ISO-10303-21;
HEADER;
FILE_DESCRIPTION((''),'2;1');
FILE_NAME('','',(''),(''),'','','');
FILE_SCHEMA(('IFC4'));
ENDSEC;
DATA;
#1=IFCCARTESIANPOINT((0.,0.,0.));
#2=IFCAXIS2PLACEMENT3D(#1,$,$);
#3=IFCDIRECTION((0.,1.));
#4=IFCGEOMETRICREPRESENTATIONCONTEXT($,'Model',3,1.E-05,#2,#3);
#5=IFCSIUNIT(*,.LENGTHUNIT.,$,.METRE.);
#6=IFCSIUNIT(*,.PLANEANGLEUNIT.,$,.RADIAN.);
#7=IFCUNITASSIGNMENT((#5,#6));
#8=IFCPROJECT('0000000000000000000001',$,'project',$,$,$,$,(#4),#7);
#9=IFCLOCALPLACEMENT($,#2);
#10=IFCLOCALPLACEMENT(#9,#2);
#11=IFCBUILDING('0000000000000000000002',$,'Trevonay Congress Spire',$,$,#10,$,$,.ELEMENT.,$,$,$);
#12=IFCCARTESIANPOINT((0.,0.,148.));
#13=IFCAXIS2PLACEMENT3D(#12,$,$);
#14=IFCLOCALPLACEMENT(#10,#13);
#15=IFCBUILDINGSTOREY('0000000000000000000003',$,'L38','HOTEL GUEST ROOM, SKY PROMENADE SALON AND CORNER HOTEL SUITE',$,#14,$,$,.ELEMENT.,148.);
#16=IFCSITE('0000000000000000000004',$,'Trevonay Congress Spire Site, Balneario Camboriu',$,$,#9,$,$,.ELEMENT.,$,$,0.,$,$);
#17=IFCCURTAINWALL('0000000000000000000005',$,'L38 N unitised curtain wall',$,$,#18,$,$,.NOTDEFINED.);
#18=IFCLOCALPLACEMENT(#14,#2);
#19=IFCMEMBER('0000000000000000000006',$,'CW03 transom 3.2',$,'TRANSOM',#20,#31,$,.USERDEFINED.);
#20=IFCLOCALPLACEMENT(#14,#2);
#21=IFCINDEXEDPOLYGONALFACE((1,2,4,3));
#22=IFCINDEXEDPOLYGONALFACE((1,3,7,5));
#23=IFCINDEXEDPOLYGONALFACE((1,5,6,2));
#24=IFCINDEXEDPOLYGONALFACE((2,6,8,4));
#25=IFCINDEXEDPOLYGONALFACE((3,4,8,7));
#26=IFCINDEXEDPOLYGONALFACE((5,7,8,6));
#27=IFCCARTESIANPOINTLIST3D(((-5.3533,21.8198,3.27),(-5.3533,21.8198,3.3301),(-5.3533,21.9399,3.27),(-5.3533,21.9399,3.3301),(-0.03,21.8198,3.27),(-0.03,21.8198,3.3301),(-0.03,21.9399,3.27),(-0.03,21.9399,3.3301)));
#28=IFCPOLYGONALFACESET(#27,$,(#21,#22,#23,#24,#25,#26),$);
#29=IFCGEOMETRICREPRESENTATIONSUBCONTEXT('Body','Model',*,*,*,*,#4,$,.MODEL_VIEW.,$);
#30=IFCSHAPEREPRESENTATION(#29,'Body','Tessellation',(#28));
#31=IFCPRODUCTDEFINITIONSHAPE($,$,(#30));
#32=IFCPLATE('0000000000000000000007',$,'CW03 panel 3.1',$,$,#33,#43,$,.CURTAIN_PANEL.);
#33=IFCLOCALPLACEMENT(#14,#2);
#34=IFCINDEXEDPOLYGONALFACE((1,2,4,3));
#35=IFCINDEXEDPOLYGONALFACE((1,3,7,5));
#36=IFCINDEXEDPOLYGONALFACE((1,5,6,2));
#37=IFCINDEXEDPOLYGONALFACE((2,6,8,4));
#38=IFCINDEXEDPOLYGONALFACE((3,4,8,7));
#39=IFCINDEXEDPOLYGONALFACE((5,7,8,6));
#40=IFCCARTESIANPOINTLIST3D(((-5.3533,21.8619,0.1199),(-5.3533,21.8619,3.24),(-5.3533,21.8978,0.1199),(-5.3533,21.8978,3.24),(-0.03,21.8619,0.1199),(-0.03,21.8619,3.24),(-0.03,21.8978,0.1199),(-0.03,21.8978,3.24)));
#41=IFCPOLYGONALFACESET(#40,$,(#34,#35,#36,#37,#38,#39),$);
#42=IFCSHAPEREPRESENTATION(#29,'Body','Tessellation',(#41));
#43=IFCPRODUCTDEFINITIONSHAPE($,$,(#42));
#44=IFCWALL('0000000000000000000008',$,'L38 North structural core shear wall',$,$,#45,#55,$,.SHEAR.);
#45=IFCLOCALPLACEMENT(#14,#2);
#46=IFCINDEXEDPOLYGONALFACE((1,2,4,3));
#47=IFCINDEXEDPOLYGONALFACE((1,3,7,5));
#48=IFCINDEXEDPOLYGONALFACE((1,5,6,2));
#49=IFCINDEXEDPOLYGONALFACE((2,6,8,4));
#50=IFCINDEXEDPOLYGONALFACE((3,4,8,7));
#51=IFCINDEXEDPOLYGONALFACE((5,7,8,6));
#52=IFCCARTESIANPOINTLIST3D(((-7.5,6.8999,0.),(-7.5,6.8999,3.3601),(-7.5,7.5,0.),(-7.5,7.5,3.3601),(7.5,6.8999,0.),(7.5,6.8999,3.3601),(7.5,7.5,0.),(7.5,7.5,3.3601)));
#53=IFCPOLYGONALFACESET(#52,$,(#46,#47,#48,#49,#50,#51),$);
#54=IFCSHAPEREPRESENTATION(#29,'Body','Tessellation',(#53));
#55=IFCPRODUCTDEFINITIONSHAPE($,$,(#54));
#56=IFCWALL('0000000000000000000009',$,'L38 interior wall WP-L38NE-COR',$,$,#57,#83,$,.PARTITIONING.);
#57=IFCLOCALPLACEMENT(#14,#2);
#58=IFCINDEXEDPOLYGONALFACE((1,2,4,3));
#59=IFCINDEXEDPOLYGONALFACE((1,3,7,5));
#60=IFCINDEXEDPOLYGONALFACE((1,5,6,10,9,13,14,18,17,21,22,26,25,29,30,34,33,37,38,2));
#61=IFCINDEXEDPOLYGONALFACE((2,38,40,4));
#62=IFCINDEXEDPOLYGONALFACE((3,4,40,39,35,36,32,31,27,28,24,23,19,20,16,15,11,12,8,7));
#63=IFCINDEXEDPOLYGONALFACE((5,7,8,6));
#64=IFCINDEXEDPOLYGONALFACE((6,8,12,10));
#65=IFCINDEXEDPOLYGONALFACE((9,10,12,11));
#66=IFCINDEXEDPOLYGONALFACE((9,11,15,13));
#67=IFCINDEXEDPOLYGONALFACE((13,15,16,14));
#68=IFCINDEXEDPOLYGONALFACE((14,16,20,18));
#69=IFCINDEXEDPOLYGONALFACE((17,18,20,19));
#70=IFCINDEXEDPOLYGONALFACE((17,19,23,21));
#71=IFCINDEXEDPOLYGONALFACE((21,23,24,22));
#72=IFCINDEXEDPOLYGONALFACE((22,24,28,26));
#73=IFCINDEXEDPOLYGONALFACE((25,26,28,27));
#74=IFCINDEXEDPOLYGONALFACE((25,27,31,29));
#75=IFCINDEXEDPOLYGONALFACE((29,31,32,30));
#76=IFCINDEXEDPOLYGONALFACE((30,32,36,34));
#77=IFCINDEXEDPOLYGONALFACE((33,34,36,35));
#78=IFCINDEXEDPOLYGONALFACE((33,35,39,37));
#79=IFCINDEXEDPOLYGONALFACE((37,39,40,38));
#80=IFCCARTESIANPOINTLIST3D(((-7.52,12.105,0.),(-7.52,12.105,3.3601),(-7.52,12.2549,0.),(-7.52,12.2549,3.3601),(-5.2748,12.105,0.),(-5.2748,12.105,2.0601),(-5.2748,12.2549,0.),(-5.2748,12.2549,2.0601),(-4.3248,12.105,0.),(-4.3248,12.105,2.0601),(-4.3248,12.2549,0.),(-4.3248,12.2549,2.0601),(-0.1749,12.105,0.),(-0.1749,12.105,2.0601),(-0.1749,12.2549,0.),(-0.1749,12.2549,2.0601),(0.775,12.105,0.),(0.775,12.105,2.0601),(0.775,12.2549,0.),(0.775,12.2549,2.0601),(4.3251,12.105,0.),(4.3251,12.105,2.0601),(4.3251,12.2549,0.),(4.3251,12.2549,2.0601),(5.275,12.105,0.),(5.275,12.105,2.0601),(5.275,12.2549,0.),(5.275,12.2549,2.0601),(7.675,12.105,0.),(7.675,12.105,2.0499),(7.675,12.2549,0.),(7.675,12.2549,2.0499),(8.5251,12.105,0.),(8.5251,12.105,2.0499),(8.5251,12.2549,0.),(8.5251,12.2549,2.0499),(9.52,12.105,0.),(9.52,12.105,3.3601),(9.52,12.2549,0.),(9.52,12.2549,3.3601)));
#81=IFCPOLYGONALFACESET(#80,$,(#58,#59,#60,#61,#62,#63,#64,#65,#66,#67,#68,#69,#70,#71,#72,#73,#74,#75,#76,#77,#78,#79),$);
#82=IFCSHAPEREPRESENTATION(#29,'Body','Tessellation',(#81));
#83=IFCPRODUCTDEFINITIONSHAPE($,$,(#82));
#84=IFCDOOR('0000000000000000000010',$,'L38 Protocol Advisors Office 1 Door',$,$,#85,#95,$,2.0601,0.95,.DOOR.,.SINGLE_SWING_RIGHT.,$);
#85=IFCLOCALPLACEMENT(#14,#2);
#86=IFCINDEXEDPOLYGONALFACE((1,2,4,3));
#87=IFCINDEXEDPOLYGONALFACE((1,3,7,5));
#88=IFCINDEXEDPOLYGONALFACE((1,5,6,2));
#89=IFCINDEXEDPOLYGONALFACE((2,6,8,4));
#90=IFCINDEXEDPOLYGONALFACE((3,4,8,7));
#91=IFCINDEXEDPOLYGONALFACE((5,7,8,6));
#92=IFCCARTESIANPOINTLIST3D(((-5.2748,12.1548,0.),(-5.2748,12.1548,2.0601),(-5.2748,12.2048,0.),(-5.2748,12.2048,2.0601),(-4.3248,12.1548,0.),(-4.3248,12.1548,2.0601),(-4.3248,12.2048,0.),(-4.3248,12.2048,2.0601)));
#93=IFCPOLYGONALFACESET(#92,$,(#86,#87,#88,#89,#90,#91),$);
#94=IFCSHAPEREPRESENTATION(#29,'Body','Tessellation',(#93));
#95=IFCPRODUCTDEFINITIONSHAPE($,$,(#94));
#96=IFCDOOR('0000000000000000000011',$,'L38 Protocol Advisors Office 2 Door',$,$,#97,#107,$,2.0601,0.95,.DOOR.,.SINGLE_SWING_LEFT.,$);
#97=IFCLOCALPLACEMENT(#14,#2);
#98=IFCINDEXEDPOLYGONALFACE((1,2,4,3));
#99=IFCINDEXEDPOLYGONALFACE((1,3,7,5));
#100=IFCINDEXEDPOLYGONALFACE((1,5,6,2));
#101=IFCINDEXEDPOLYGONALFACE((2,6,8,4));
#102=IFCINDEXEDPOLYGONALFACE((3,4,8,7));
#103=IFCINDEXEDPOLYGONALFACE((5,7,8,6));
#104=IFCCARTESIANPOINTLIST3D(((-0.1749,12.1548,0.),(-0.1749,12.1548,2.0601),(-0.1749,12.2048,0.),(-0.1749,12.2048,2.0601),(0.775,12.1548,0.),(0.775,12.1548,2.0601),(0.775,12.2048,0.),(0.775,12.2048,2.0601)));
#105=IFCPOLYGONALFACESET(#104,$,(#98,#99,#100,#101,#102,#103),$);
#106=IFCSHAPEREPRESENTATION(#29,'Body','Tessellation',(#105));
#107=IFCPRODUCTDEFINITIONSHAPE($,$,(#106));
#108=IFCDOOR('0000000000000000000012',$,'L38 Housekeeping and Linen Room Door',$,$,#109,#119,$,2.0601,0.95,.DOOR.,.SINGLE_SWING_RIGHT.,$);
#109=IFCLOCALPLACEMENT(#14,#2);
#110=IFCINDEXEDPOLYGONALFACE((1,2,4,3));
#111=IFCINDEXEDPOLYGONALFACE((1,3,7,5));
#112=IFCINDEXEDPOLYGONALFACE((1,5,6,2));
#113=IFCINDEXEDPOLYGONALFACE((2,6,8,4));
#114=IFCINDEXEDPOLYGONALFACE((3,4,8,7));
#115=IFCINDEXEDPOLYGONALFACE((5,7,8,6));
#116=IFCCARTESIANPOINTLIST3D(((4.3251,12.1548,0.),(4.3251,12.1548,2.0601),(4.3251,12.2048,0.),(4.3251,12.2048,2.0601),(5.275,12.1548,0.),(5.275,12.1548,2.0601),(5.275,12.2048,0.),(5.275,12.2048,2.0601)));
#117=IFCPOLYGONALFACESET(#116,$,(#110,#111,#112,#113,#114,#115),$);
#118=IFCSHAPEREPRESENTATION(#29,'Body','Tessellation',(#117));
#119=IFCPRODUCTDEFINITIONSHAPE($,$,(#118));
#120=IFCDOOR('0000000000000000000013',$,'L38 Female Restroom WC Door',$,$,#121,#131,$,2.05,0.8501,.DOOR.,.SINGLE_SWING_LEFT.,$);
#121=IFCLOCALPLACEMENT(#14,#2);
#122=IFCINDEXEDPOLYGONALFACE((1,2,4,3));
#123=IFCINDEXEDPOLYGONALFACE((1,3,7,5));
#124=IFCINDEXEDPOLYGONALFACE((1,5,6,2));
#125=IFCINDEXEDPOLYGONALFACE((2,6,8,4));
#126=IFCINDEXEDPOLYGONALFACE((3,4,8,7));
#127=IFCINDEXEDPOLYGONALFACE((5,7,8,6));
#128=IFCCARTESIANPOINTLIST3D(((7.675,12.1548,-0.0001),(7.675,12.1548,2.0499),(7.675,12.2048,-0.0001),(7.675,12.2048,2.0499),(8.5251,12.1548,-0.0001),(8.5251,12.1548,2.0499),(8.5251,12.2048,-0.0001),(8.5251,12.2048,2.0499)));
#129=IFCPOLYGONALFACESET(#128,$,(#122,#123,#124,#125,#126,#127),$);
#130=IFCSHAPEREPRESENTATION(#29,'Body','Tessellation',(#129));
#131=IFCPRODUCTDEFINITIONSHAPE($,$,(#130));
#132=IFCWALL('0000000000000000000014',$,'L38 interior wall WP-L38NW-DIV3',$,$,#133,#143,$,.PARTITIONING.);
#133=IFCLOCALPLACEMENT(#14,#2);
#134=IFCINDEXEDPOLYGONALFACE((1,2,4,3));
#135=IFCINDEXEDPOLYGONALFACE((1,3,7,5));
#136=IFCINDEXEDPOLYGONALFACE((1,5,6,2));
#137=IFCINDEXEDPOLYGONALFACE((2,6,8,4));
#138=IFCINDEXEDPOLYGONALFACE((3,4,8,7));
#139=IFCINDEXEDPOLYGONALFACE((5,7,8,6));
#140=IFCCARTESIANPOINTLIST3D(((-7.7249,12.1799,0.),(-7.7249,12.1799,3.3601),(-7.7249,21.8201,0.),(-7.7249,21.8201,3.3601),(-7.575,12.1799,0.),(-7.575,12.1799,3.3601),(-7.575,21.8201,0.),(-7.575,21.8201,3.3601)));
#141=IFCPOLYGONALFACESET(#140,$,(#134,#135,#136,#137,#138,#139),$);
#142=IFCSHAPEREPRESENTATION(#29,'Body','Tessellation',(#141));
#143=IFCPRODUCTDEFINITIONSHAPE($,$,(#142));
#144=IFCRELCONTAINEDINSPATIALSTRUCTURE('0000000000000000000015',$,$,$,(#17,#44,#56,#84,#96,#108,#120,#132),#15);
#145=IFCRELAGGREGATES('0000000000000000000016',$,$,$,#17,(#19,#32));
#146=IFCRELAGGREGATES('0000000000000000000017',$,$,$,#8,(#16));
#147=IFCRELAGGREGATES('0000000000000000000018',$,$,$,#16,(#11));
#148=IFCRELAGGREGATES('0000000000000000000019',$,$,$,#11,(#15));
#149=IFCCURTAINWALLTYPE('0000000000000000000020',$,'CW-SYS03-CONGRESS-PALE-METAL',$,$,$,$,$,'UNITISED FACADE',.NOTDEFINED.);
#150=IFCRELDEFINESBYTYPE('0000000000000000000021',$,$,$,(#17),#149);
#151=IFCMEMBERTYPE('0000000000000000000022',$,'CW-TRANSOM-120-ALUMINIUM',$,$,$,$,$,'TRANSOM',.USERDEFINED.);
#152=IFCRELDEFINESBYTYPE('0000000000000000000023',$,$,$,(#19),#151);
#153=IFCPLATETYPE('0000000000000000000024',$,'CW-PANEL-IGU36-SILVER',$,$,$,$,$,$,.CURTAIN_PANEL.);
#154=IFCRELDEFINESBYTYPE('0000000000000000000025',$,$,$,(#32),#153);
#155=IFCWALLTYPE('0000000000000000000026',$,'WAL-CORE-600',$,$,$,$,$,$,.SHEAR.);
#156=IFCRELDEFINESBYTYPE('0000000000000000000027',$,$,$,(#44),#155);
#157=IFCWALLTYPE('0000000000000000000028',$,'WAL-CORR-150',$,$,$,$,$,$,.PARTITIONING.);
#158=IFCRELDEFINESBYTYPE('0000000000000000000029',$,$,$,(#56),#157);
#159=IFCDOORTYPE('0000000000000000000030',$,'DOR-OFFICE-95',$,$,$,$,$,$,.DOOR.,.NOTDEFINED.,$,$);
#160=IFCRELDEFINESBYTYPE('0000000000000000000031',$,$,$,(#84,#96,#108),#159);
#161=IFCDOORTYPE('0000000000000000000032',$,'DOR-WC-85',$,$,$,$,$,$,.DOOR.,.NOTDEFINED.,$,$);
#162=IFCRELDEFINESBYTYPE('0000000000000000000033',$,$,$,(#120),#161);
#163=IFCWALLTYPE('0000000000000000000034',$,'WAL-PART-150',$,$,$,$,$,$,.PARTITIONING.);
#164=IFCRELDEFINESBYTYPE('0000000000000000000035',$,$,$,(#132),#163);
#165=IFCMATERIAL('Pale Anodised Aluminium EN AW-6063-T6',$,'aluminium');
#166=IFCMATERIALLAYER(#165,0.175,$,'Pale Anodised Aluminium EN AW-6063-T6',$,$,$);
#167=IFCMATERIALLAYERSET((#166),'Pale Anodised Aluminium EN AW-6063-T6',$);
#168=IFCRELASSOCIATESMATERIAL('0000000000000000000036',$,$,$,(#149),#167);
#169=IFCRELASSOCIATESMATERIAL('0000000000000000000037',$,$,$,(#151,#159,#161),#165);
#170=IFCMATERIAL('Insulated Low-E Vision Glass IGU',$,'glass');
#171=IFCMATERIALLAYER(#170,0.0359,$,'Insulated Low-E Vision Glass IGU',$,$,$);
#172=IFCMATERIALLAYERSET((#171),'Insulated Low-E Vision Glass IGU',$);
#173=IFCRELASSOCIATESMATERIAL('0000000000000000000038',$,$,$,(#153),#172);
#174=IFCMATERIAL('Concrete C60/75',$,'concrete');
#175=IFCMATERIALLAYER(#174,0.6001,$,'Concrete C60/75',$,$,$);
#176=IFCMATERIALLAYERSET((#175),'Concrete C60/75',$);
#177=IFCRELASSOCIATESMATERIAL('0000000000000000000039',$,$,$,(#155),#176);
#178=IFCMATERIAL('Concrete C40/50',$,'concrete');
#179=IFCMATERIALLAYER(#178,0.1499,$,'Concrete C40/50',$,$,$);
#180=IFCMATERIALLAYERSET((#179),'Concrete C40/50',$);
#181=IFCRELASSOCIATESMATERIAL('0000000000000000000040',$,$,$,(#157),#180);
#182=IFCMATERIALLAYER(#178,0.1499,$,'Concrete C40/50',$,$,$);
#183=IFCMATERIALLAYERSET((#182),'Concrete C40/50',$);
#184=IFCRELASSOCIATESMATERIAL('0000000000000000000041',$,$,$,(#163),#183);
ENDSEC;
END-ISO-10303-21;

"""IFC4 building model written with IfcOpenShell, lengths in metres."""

from ifc_helpers import new_model, si_unit, direction, frame, frame_2d, origin, origin_2d, place, context, subcontext, project, spatial, rectangle, extrude, material, layer, layer_set, material_profile, profile_set, type_object, element, fill, aggregate, save


model = new_model("IFC4")

# Units and contexts
model_context = context("Model", 3, precision=1e-05, world=origin(), true_north=direction((0.0, 1.0)))
body_context = subcontext(model_context, "Body", "Model", "MODEL_VIEW")
ifc_project = project(units=[si_unit("LENGTHUNIT", "METRE"), si_unit("PLANEANGLEUNIT", "RADIAN")], contexts=[model_context])

# Site, building, storey
site_placement = place(None, origin())
site = spatial("IfcSite", under=ifc_project, at=site_placement, Name="Trevonay Congress Spire Site, Balneario Camboriu", CompositionType="ELEMENT", RefElevation=0.0)
building_placement = place(site_placement, origin())
building = spatial("IfcBuilding", under=site, at=building_placement, Name="Trevonay Congress Spire", CompositionType="ELEMENT")
storey_placement = place(building_placement, frame((0.0, 0.0, 148.0)))
storey = spatial("IfcBuildingStorey", under=building, at=storey_placement, Name="L38", Description="HOTEL GUEST ROOM, SKY PROMENADE SALON AND CORNER HOTEL SUITE", CompositionType="ELEMENT", Elevation=148.0)

# Curtain wall, member, plate
ifc_material_1 = material(Name="Pale Anodised Aluminium EN AW-6063-T6", Category="aluminium")
ifc_layer_1 = layer(ifc_material_1, 0.175, Name="Pale Anodised Aluminium EN AW-6063-T6")
ifc_layer_set_1 = layer_set([ifc_layer_1], Name="Pale Anodised Aluminium EN AW-6063-T6")
curtain_wall_type = type_object("IfcCurtainWallType", Name="CW-SYS03-CONGRESS-PALE-METAL", ElementType="UNITISED FACADE", PredefinedType="NOTDEFINED", material=ifc_layer_set_1)
curtain_wall_placement = place(storey_placement, origin())
curtain_wall = element("IfcCurtainWall", 1, at=curtain_wall_placement, inside=storey, type_object=curtain_wall_type, Name="L38 N unitised curtain wall", PredefinedType="NOTDEFINED")
ifc_material_profile_1 = material_profile(ifc_material_1, rectangle(XDim=0.1201, YDim=0.0601, at=origin_2d()), Name="CW-TRANSOM-120-ALUMINIUM")
ifc_profile_set_1 = profile_set([ifc_material_profile_1], Name="Pale Anodised Aluminium EN AW-6063-T6")
member_type_1 = type_object("IfcMemberType", Name="CW-TRANSOM-120-ALUMINIUM", ElementType="TRANSOM", PredefinedType="USERDEFINED", material=ifc_profile_set_1)
member_1_placement = place(storey_placement, frame((-5.3533, 21.8799, 3.3), z_axis=(1.0, 0.0, 0.0), x_axis=(0.0, 1.0, 0.0)))
member_1 = element("IfcMember", 2, at=member_1_placement, type_object=member_type_1, Name="CW03 transom 3.2", ObjectType="TRANSOM", PredefinedType="USERDEFINED", context=body_context, shape_type="SweptSolid", body=[
    extrude(rectangle(XDim=0.1201, YDim=0.0601, at=origin_2d()), origin(), (0.0, 0.0, 1.0), 5.3232),
])
ifc_material_2 = material(Name="Insulated Low-E Vision Glass IGU", Category="glass")
ifc_layer_2 = layer(ifc_material_2, 0.0359, Name="Insulated Low-E Vision Glass IGU")
ifc_layer_set_2 = layer_set([ifc_layer_2], Name="Insulated Low-E Vision Glass IGU")
plate_type = type_object("IfcPlateType", Name="CW-PANEL-IGU36-SILVER", PredefinedType="CURTAIN_PANEL", material=ifc_layer_set_2)
plate_placement = place(storey_placement, frame((-2.6917, 21.8799, 0.1199), z_axis=(0.0, 0.0, 1.0), x_axis=(1.0, 0.0, 0.0)))
plate = element("IfcPlate", 3, at=plate_placement, type_object=plate_type, Name="CW03 panel 3.1", PredefinedType="CURTAIN_PANEL", context=body_context, shape_type="SweptSolid", body=[
    extrude(rectangle(XDim=5.3232, YDim=0.0359, at=origin_2d()), origin(), (0.0, 0.0, 1.0), 3.1201),
])
aggregate(curtain_wall, [member_1, plate])

# Wall
ifc_material_3 = material(Name="Concrete C60/75", Category="concrete")
ifc_layer_3 = layer(ifc_material_3, 0.6001, Name="Concrete C60/75")
ifc_layer_set_3 = layer_set([ifc_layer_3], Name="Concrete C60/75")
wall_type_1 = type_object("IfcWallType", Name="WAL-CORE-600", PredefinedType="SHEAR", material=ifc_layer_set_3)
wall_1_placement = place(storey_placement, frame((-7.5, 7.2, 0.0), z_axis=(0.0, 0.0, 1.0), x_axis=(1.0, 0.0, 0.0)))
element("IfcWall", 4, at=wall_1_placement, inside=storey, type_object=wall_type_1, Name="L38 North structural core shear wall", PredefinedType="SHEAR", context=body_context, shape_type="SweptSolid", body=[
    extrude(rectangle(XDim=15.0, YDim=0.6001, at=frame_2d((7.5, 0.0))), origin(), (0.0, 0.0, 1.0), 3.3601),
])

# Wall, openings, doors
ifc_material_4 = material(Name="Concrete C40/50", Category="concrete")
ifc_layer_4 = layer(ifc_material_4, 0.1499, Name="Concrete C40/50")
ifc_layer_set_4 = layer_set([ifc_layer_4], Name="Concrete C40/50")
wall_type_2 = type_object("IfcWallType", Name="WAL-CORR-150", PredefinedType="PARTITIONING", material=ifc_layer_set_4)
wall_2_placement = place(storey_placement, frame((-7.52, 12.1799, 0.0), z_axis=(0.0, 0.0, 1.0), x_axis=(1.0, 0.0, 0.0)))
wall_2 = element("IfcWall", 5, at=wall_2_placement, inside=storey, type_object=wall_type_2, Name="L38 interior wall WP-L38NE-COR", PredefinedType="PARTITIONING", context=body_context, shape_type="SweptSolid", body=[
    extrude(rectangle(XDim=17.04, YDim=0.1499, at=frame_2d((8.52, 0.0))), origin(), (0.0, 0.0, 1.0), 3.3601),
])
opening_1_placement = place(wall_2_placement, frame((2.2451, 0.0, 0.0)))
opening_1 = element("IfcOpeningElement", 6, at=opening_1_placement, cuts=wall_2, PredefinedType="OPENING", context=body_context, shape_type="SweptSolid", body=[
    extrude(rectangle(XDim=0.95, YDim=2.0601, at=frame_2d((0.4751, 1.03))), frame((0.0, 0.085, 0.0), z_axis=(0.0, -1.0, 0.0), x_axis=(1.0, 0.0, 0.0)), (0.0, 0.0, 1.0), 0.1699),
])
opening_2_placement = place(wall_2_placement, frame((7.345, 0.0, 0.0)))
opening_2 = element("IfcOpeningElement", 7, at=opening_2_placement, cuts=wall_2, PredefinedType="OPENING", context=body_context, shape_type="SweptSolid", body=[
    extrude(rectangle(XDim=0.95, YDim=2.0601, at=frame_2d((0.4751, 1.03))), frame((0.0, 0.085, 0.0), z_axis=(0.0, -1.0, 0.0), x_axis=(1.0, 0.0, 0.0)), (0.0, 0.0, 1.0), 0.1699),
])
opening_3_placement = place(wall_2_placement, frame((11.845, 0.0, 0.0)))
opening_3 = element("IfcOpeningElement", 8, at=opening_3_placement, cuts=wall_2, PredefinedType="OPENING", context=body_context, shape_type="SweptSolid", body=[
    extrude(rectangle(XDim=0.95, YDim=2.0601, at=frame_2d((0.4751, 1.03))), frame((0.0, 0.085, 0.0), z_axis=(0.0, -1.0, 0.0), x_axis=(1.0, 0.0, 0.0)), (0.0, 0.0, 1.0), 0.1699),
])
opening_4_placement = place(wall_2_placement, frame((15.1951, 0.0, 0.0)))
opening_4 = element("IfcOpeningElement", 9, at=opening_4_placement, cuts=wall_2, PredefinedType="OPENING", context=body_context, shape_type="SweptSolid", body=[
    extrude(rectangle(XDim=0.8501, YDim=2.05, at=frame_2d((0.425, 1.0249))), frame((0.0, 0.085, 0.0), z_axis=(0.0, -1.0, 0.0), x_axis=(1.0, 0.0, 0.0)), (0.0, 0.0, 1.0), 0.1699),
])
door_type_1 = type_object("IfcDoorType", Name="DOR-OFFICE-95", OperationType="NOTDEFINED", PredefinedType="DOOR", material=ifc_material_1)
door_1_placement = place(opening_1_placement, origin())
door_1 = element("IfcDoor", 10, at=door_1_placement, inside=storey, type_object=door_type_1, Name="L38 Protocol Advisors Office 1 Door", OperationType="SINGLE_SWING_RIGHT", OverallHeight=2.0601, OverallWidth=0.95, PredefinedType="DOOR", context=body_context, shape_type="SweptSolid", body=[
    extrude(rectangle(XDim=0.95, YDim=2.0601, at=frame_2d((0.4751, 1.03))), frame((0.0, 0.0249, 0.0), z_axis=(0.0, -1.0, 0.0), x_axis=(1.0, 0.0, 0.0)), (0.0, 0.0, 1.0), 0.05),
])
fill(opening_1, door_1)
door_2_placement = place(opening_2_placement, origin())
door_2 = element("IfcDoor", 11, at=door_2_placement, inside=storey, type_object=door_type_1, Name="L38 Protocol Advisors Office 2 Door", OperationType="SINGLE_SWING_LEFT", OverallHeight=2.0601, OverallWidth=0.95, PredefinedType="DOOR", context=body_context, shape_type="SweptSolid", body=[
    extrude(rectangle(XDim=0.95, YDim=2.0601, at=frame_2d((0.4751, 1.03))), frame((0.0, 0.0249, 0.0), z_axis=(0.0, -1.0, 0.0), x_axis=(1.0, 0.0, 0.0)), (0.0, 0.0, 1.0), 0.05),
])
fill(opening_2, door_2)
door_3_placement = place(opening_3_placement, origin())
door_3 = element("IfcDoor", 12, at=door_3_placement, inside=storey, type_object=door_type_1, Name="L38 Housekeeping and Linen Room Door", OperationType="SINGLE_SWING_RIGHT", OverallHeight=2.0601, OverallWidth=0.95, PredefinedType="DOOR", context=body_context, shape_type="SweptSolid", body=[
    extrude(rectangle(XDim=0.95, YDim=2.0601, at=frame_2d((0.4751, 1.03))), frame((0.0, 0.0249, 0.0), z_axis=(0.0, -1.0, 0.0), x_axis=(1.0, 0.0, 0.0)), (0.0, 0.0, 1.0), 0.05),
])
fill(opening_3, door_3)
door_type_2 = type_object("IfcDoorType", Name="DOR-WC-85", OperationType="NOTDEFINED", PredefinedType="DOOR", material=ifc_material_1)
door_4_placement = place(opening_4_placement, origin())
door_4 = element("IfcDoor", 13, at=door_4_placement, inside=storey, type_object=door_type_2, Name="L38 Female Restroom WC Door", OperationType="SINGLE_SWING_LEFT", OverallHeight=2.05, OverallWidth=0.8501, PredefinedType="DOOR", context=body_context, shape_type="SweptSolid", body=[
    extrude(rectangle(XDim=0.8501, YDim=2.05, at=frame_2d((0.425, 1.0249))), frame((0.0, 0.0249, 0.0), z_axis=(0.0, -1.0, 0.0), x_axis=(1.0, 0.0, 0.0)), (0.0, 0.0, 1.0), 0.05),
])
fill(opening_4, door_4)

# Wall
ifc_layer_5 = layer(ifc_material_4, 0.1499, Name="Concrete C40/50")
ifc_layer_set_5 = layer_set([ifc_layer_5], Name="Concrete C40/50")
wall_type_3 = type_object("IfcWallType", Name="WAL-PART-150", PredefinedType="PARTITIONING", material=ifc_layer_set_5)
wall_3_placement = place(storey_placement, frame((-7.6499, 12.1799, 0.0), z_axis=(0.0, 0.0, 1.0), x_axis=(0.0, 1.0, 0.0)))
element("IfcWall", 14, at=wall_3_placement, inside=storey, type_object=wall_type_3, Name="L38 interior wall WP-L38NW-DIV3", PredefinedType="PARTITIONING", context=body_context, shape_type="SweptSolid", body=[
    extrude(rectangle(XDim=9.6401, YDim=0.1499, at=frame_2d((4.8201, 0.0))), origin(), (0.0, 0.0, 1.0), 3.3601),
])

save(model, "model.ifc")
